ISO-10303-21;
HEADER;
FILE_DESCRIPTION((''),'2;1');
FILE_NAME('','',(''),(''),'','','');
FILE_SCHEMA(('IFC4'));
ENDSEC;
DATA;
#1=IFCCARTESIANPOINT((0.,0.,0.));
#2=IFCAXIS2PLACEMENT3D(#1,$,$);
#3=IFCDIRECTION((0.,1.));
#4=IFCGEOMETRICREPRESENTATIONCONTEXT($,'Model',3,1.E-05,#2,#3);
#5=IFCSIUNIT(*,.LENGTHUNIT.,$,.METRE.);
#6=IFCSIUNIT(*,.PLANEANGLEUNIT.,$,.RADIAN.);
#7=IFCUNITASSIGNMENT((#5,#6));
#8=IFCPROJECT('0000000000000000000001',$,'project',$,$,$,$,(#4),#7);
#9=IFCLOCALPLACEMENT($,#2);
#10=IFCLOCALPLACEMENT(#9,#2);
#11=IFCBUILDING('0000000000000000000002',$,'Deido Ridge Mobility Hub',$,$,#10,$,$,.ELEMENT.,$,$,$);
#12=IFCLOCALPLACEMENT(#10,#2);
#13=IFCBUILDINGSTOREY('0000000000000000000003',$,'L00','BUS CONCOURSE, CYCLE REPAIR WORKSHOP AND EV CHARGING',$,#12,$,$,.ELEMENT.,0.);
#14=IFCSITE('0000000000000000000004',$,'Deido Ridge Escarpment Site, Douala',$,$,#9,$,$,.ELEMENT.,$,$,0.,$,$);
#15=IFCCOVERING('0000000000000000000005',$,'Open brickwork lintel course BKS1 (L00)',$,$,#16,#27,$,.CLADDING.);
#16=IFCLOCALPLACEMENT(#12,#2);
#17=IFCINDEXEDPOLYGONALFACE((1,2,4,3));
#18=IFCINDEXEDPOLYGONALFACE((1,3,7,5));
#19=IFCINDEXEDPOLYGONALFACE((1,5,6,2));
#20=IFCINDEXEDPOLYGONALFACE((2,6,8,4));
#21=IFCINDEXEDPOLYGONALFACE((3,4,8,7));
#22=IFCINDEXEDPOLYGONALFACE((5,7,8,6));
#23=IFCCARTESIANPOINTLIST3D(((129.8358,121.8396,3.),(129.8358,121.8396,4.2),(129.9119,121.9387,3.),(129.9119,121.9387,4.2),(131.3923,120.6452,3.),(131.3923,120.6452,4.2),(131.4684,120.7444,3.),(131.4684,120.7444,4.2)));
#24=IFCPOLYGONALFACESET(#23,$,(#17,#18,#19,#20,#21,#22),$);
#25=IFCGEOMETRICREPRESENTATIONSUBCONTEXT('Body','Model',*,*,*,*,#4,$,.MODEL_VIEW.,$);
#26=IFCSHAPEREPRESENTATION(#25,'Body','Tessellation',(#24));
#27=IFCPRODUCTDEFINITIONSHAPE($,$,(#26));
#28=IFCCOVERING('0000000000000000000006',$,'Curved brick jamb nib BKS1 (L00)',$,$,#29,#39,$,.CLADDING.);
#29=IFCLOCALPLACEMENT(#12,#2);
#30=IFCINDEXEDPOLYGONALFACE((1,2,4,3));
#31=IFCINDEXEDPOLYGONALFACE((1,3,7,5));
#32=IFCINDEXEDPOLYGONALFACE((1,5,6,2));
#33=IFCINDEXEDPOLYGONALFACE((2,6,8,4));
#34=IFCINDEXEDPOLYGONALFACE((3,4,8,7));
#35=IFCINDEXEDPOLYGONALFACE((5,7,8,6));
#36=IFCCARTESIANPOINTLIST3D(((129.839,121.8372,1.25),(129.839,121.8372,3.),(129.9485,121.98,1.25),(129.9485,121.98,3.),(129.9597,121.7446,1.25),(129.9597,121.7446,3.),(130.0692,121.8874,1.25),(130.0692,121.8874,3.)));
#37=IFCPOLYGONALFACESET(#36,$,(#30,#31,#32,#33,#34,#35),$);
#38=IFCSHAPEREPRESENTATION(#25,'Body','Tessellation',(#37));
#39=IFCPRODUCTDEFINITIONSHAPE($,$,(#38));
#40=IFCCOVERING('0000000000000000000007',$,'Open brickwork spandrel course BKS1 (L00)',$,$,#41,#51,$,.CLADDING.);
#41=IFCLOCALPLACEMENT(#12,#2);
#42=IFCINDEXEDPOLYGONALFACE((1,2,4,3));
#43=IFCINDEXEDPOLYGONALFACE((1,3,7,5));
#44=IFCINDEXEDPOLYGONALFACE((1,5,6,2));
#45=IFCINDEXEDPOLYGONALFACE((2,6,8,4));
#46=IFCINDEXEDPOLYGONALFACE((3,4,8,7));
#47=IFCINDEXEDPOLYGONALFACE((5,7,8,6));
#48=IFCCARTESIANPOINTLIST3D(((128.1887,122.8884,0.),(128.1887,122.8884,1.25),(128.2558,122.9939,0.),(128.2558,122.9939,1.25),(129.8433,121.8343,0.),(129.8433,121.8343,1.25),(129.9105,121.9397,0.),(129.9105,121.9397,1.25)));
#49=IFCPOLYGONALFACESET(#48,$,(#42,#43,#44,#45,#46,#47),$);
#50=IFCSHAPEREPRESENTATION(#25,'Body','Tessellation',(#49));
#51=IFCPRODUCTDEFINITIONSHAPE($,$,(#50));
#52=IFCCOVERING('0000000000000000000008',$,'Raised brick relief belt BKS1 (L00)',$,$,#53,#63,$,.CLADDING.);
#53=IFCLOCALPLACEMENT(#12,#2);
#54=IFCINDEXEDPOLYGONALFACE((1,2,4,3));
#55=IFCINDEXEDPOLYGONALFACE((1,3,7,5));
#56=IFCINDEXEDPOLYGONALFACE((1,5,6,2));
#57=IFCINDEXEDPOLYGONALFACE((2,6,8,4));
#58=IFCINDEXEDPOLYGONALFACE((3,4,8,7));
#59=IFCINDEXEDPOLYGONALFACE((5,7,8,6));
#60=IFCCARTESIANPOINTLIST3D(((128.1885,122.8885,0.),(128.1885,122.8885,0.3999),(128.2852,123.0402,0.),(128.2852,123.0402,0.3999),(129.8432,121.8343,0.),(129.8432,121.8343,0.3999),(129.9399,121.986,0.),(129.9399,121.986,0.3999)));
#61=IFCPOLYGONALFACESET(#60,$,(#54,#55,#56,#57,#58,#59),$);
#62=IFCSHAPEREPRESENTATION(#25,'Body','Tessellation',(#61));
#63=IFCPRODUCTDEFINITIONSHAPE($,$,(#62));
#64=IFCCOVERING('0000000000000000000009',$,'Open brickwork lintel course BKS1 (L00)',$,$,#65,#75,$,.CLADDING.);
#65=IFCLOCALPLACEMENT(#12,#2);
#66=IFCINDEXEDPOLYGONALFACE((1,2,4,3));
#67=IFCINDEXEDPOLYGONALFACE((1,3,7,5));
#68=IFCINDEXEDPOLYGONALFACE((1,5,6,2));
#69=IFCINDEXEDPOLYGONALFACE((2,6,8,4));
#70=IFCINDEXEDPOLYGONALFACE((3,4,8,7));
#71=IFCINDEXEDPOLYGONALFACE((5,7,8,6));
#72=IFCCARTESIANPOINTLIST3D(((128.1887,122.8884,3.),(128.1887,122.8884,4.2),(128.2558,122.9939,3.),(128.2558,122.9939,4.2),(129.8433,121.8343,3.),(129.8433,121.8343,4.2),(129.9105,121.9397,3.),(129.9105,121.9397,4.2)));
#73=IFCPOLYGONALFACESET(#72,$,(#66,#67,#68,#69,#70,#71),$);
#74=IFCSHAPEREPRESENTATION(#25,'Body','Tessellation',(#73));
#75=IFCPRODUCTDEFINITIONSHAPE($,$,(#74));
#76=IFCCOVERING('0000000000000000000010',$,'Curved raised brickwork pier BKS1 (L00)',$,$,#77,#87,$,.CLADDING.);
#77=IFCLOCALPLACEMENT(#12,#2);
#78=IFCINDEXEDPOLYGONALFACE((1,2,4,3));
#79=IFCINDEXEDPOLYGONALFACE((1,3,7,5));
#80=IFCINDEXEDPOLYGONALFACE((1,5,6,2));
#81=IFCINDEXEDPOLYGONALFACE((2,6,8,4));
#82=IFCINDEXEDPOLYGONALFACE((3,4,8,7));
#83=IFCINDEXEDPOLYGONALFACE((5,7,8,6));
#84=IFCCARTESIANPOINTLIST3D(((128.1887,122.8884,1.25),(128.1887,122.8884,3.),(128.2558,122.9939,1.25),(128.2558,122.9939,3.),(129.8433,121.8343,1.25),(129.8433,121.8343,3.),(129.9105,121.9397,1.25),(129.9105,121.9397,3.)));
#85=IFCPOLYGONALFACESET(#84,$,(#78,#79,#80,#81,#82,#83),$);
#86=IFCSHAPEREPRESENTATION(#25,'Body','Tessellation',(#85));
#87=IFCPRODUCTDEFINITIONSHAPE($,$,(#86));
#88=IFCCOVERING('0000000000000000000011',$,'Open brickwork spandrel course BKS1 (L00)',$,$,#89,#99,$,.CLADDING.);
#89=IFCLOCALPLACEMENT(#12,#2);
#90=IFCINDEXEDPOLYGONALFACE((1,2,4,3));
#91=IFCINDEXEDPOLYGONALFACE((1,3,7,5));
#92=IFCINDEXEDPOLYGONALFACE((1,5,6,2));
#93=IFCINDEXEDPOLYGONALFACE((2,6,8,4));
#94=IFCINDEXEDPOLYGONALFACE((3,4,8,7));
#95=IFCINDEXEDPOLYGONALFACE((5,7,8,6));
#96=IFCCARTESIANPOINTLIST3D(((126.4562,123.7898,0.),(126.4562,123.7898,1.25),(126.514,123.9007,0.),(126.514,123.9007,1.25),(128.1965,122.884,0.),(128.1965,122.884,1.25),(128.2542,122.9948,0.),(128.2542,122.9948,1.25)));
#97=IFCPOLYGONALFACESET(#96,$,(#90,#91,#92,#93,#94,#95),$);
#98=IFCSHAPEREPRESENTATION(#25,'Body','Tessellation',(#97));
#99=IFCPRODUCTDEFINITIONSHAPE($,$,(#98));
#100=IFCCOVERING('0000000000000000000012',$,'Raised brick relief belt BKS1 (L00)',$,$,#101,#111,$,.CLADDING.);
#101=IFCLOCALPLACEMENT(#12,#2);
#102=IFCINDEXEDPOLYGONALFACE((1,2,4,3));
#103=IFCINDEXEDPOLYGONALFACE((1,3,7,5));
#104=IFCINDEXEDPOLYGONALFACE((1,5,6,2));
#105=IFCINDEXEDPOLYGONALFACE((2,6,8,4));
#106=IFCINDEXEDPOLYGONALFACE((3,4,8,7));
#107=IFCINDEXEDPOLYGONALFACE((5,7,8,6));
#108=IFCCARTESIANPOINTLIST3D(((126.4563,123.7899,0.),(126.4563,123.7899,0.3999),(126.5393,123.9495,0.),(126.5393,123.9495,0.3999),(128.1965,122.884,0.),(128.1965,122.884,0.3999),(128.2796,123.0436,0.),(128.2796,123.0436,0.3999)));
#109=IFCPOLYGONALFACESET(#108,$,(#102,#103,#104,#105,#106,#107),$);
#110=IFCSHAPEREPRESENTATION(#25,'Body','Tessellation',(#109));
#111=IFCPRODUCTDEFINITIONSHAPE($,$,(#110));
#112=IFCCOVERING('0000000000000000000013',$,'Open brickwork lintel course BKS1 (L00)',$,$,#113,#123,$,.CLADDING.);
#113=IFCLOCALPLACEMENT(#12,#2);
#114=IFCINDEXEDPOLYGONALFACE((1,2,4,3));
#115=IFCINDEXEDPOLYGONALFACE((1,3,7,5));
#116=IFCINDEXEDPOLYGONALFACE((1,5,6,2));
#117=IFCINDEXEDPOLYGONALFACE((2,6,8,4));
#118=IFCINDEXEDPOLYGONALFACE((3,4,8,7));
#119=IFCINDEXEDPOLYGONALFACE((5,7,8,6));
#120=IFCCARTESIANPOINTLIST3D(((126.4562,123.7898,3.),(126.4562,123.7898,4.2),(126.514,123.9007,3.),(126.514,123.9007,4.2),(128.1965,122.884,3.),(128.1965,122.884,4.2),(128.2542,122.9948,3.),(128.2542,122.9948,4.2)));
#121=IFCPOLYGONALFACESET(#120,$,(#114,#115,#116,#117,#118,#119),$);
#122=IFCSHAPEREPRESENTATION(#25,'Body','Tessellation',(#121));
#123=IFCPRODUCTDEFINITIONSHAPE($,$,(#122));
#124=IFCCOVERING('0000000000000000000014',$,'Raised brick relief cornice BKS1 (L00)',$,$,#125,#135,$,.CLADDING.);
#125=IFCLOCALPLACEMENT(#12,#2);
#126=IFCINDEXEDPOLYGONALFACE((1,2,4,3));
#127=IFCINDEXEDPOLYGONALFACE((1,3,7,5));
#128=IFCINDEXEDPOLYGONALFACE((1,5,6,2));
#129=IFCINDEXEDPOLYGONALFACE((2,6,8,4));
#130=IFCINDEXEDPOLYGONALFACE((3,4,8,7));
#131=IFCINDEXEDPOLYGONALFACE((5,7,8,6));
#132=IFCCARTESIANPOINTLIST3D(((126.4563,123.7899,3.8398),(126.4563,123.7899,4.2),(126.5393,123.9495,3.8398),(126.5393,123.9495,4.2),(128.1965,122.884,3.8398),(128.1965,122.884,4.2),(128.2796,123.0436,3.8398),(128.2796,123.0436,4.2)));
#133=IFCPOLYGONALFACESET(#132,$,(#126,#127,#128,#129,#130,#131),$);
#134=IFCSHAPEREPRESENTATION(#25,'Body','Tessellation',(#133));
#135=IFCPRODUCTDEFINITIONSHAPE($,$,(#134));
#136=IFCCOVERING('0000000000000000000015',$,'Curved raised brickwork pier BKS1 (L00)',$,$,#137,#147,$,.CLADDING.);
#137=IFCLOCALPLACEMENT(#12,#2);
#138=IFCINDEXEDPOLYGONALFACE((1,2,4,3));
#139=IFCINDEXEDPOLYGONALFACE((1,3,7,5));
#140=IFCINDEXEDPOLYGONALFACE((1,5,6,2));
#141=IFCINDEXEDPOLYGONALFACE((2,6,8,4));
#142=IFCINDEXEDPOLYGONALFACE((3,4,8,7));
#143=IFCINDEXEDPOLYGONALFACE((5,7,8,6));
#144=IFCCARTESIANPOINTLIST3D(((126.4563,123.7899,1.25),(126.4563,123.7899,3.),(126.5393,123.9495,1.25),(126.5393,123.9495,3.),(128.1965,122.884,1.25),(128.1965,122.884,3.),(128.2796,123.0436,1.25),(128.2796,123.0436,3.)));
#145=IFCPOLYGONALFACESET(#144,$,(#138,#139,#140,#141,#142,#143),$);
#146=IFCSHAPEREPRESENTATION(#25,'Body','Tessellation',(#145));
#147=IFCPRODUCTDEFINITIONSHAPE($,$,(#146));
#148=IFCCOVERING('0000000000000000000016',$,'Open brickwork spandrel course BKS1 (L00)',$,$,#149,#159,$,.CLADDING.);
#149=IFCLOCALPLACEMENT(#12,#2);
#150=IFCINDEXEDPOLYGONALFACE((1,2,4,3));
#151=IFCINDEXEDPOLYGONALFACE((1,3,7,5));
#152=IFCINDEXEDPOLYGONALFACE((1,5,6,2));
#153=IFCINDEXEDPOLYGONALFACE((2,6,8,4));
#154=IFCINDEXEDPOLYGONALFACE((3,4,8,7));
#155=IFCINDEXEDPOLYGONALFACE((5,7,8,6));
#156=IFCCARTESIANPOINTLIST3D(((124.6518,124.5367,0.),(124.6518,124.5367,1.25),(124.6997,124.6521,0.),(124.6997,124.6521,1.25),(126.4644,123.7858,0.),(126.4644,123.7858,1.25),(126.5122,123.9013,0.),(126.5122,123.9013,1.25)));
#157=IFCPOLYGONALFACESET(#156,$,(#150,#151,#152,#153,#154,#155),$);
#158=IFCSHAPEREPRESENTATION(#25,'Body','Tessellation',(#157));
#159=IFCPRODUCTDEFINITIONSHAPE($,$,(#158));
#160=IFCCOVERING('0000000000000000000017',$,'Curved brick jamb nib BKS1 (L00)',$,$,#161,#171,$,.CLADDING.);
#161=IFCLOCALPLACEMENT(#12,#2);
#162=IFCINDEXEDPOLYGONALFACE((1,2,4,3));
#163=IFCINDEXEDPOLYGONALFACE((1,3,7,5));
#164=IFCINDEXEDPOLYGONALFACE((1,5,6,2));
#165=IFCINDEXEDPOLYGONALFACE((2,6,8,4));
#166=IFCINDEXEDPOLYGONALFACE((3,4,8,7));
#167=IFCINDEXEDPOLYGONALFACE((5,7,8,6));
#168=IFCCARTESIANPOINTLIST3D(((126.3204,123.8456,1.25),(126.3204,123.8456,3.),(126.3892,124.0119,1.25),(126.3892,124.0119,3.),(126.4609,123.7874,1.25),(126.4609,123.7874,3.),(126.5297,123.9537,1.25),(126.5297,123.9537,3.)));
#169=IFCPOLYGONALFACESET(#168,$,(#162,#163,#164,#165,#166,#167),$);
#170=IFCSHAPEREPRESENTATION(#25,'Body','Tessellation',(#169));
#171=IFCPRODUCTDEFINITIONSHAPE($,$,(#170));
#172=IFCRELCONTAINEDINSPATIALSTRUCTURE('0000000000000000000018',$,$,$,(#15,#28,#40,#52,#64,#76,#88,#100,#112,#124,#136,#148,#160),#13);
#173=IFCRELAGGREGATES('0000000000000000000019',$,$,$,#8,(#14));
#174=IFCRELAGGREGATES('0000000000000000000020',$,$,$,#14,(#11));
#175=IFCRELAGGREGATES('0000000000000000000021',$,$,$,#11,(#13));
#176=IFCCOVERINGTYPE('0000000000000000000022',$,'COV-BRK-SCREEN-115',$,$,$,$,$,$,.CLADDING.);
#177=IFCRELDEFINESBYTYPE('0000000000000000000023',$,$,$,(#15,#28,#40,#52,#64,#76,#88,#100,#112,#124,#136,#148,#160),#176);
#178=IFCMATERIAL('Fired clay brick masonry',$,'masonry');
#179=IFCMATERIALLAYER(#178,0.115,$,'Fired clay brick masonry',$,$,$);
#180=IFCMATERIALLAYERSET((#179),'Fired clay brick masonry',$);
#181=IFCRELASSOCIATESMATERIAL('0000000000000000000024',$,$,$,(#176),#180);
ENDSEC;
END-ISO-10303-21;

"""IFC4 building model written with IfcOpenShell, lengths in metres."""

from ifc_helpers import new_model, si_unit, direction, frame, origin, origin_2d, place, context, subcontext, project, spatial, rectangle, extrude, material, layer, layer_set, type_object, element, save


model = new_model("IFC4")

# Units and contexts
model_context = context("Model", 3, precision=1e-05, world=origin(), true_north=direction((0.0, 1.0)))
body_context = subcontext(model_context, "Body", "Model", "MODEL_VIEW")
ifc_project = project(units=[si_unit("LENGTHUNIT", "METRE"), si_unit("PLANEANGLEUNIT", "RADIAN")], contexts=[model_context])

# Site, building, storey
site_placement = place(None, origin())
site = spatial("IfcSite", under=ifc_project, at=site_placement, Name="Deido Ridge Escarpment Site, Douala", CompositionType="ELEMENT", RefElevation=0.0)
building_placement = place(site_placement, origin())
building = spatial("IfcBuilding", under=site, at=building_placement, Name="Deido Ridge Mobility Hub", CompositionType="ELEMENT")
storey_placement = place(building_placement, origin())
storey = spatial("IfcBuildingStorey", under=building, at=storey_placement, Name="L00", Description="BUS CONCOURSE, CYCLE REPAIR WORKSHOP AND EV CHARGING", CompositionType="ELEMENT", Elevation=0.0)

# Coverings
ifc_material_1 = material(Name="Fired clay brick masonry", Category="masonry")
ifc_layer = layer(ifc_material_1, 0.115, Name="Fired clay brick masonry")
ifc_layer_set = layer_set([ifc_layer], Name="Fired clay brick masonry")
covering_type = type_object("IfcCoveringType", Name="COV-BRK-SCREEN-115", PredefinedType="CLADDING", material=ifc_layer_set)
covering_1_placement = place(storey_placement, frame((130.6521, 121.292, 3.0), z_axis=(0.0, 0.0, 1.0), x_axis=(-0.793353, 0.608761, 0.0)))
element("IfcCovering", 1, at=covering_1_placement, inside=storey, type_object=covering_type, Name="Open brickwork lintel course BKS1 (L00)", PredefinedType="CLADDING", context=body_context, shape_type="SweptSolid", body=[
    extrude(rectangle(XDim=1.9619, YDim=0.125, at=origin_2d()), origin(), (0.0, 0.0, 1.0), 1.2),
])
covering_2_placement = place(storey_placement, frame((129.9541, 121.8623, 1.25), z_axis=(0.0, 0.0, 1.0), x_axis=(-0.793353, 0.608761, 0.0)))
element("IfcCovering", 2, at=covering_2_placement, inside=storey, type_object=covering_type, Name="Curved brick jamb nib BKS1 (L00)", PredefinedType="CLADDING", context=body_context, shape_type="SweptSolid", body=[
    extrude(rectangle(XDim=0.1521, YDim=0.1799, at=origin_2d()), origin(), (0.0, 0.0, 1.0), 1.75),
])
covering_3_placement = place(storey_placement, frame((129.0496, 122.4141, 0.0), z_axis=(0.0, 0.0, 1.0), x_axis=(-0.843382, 0.537314, 0.0)))
element("IfcCovering", 3, at=covering_3_placement, inside=storey, type_object=covering_type, Name="Open brickwork spandrel course BKS1 (L00)", PredefinedType="CLADDING", context=body_context, shape_type="SweptSolid", body=[
    extrude(rectangle(XDim=1.9619, YDim=0.125, at=origin_2d()), origin(), (0.0, 0.0, 1.0), 1.25),
])
covering_4_placement = place(storey_placement, frame((129.0642, 122.4373, 0.0), z_axis=(0.0, 0.0, 1.0), x_axis=(-0.843382, 0.537314, 0.0)))
element("IfcCovering", 4, at=covering_4_placement, inside=storey, type_object=covering_type, Name="Raised brick relief belt BKS1 (L00)", PredefinedType="CLADDING", context=body_context, shape_type="SweptSolid", body=[
    extrude(rectangle(XDim=1.9619, YDim=0.1799, at=origin_2d()), origin(), (0.0, 0.0, 1.0), 0.3999),
])
covering_5_placement = place(storey_placement, frame((129.0496, 122.4141, 3.0), z_axis=(0.0, 0.0, 1.0), x_axis=(-0.843382, 0.537314, 0.0)))
element("IfcCovering", 5, at=covering_5_placement, inside=storey, type_object=covering_type, Name="Open brickwork lintel course BKS1 (L00)", PredefinedType="CLADDING", context=body_context, shape_type="SweptSolid", body=[
    extrude(rectangle(XDim=1.9619, YDim=0.125, at=origin_2d()), origin(), (0.0, 0.0, 1.0), 1.2),
])
covering_6_placement = place(storey_placement, frame((129.0496, 122.4141, 1.25), z_axis=(0.0, 0.0, 1.0), x_axis=(-0.843382, 0.537314, 0.0)))
element("IfcCovering", 6, at=covering_6_placement, inside=storey, type_object=covering_type, Name="Curved raised brickwork pier BKS1 (L00)", PredefinedType="CLADDING", context=body_context, shape_type="SweptSolid", body=[
    extrude(rectangle(XDim=1.9619, YDim=0.125, at=origin_2d()), origin(), (0.0, 0.0, 1.0), 1.75),
])
covering_7_placement = place(storey_placement, frame((127.3552, 123.3923, 0.0), z_axis=(0.0, 0.0, 1.0), x_axis=(-0.887019, 0.461733, 0.0)))
element("IfcCovering", 7, at=covering_7_placement, inside=storey, type_object=covering_type, Name="Open brickwork spandrel course BKS1 (L00)", PredefinedType="CLADDING", context=body_context, shape_type="SweptSolid", body=[
    extrude(rectangle(XDim=1.9619, YDim=0.125, at=origin_2d()), origin(), (0.0, 0.0, 1.0), 1.25),
])
covering_8_placement = place(storey_placement, frame((127.3679, 123.4167, 0.0), z_axis=(0.0, 0.0, 1.0), x_axis=(-0.887019, 0.461733, 0.0)))
element("IfcCovering", 8, at=covering_8_placement, inside=storey, type_object=covering_type, Name="Raised brick relief belt BKS1 (L00)", PredefinedType="CLADDING", context=body_context, shape_type="SweptSolid", body=[
    extrude(rectangle(XDim=1.9619, YDim=0.1799, at=origin_2d()), origin(), (0.0, 0.0, 1.0), 0.3999),
])
covering_9_placement = place(storey_placement, frame((127.3552, 123.3923, 3.0), z_axis=(0.0, 0.0, 1.0), x_axis=(-0.887019, 0.461733, 0.0)))
element("IfcCovering", 9, at=covering_9_placement, inside=storey, type_object=covering_type, Name="Open brickwork lintel course BKS1 (L00)", PredefinedType="CLADDING", context=body_context, shape_type="SweptSolid", body=[
    extrude(rectangle(XDim=1.9619, YDim=0.125, at=origin_2d()), origin(), (0.0, 0.0, 1.0), 1.2),
])
covering_10_placement = place(storey_placement, frame((127.3679, 123.4167, 3.8398), z_axis=(0.0, 0.0, 1.0), x_axis=(-0.887019, 0.461733, 0.0)))
element("IfcCovering", 10, at=covering_10_placement, inside=storey, type_object=covering_type, Name="Raised brick relief cornice BKS1 (L00)", PredefinedType="CLADDING", context=body_context, shape_type="SweptSolid", body=[
    extrude(rectangle(XDim=1.9619, YDim=0.1799, at=origin_2d()), origin(), (0.0, 0.0, 1.0), 0.3601),
])
covering_11_placement = place(storey_placement, frame((127.3679, 123.4167, 1.25), z_axis=(0.0, 0.0, 1.0), x_axis=(-0.887019, 0.461733, 0.0)))
element("IfcCovering", 11, at=covering_11_placement, inside=storey, type_object=covering_type, Name="Curved raised brickwork pier BKS1 (L00)", PredefinedType="CLADDING", context=body_context, shape_type="SweptSolid", body=[
    extrude(rectangle(XDim=1.9619, YDim=0.1799, at=origin_2d()), origin(), (0.0, 0.0, 1.0), 1.75),
])
covering_12_placement = place(storey_placement, frame((125.582, 124.219, 0.0), z_axis=(0.0, 0.0, 1.0), x_axis=(-0.923873, 0.3827, 0.0)))
element("IfcCovering", 12, at=covering_12_placement, inside=storey, type_object=covering_type, Name="Open brickwork spandrel course BKS1 (L00)", PredefinedType="CLADDING", context=body_context, shape_type="SweptSolid", body=[
    extrude(rectangle(XDim=1.9619, YDim=0.125, at=origin_2d()), origin(), (0.0, 0.0, 1.0), 1.25),
])
covering_13_placement = place(storey_placement, frame((126.425, 123.8997, 1.25), z_axis=(0.0, 0.0, 1.0), x_axis=(-0.923873, 0.3827, 0.0)))
element("IfcCovering", 13, at=covering_13_placement, inside=storey, type_object=covering_type, Name="Curved brick jamb nib BKS1 (L00)", PredefinedType="CLADDING", context=body_context, shape_type="SweptSolid", body=[
    extrude(rectangle(XDim=0.1521, YDim=0.1799, at=origin_2d()), origin(), (0.0, 0.0, 1.0), 1.75),
])

save(model, "model.ifc")
